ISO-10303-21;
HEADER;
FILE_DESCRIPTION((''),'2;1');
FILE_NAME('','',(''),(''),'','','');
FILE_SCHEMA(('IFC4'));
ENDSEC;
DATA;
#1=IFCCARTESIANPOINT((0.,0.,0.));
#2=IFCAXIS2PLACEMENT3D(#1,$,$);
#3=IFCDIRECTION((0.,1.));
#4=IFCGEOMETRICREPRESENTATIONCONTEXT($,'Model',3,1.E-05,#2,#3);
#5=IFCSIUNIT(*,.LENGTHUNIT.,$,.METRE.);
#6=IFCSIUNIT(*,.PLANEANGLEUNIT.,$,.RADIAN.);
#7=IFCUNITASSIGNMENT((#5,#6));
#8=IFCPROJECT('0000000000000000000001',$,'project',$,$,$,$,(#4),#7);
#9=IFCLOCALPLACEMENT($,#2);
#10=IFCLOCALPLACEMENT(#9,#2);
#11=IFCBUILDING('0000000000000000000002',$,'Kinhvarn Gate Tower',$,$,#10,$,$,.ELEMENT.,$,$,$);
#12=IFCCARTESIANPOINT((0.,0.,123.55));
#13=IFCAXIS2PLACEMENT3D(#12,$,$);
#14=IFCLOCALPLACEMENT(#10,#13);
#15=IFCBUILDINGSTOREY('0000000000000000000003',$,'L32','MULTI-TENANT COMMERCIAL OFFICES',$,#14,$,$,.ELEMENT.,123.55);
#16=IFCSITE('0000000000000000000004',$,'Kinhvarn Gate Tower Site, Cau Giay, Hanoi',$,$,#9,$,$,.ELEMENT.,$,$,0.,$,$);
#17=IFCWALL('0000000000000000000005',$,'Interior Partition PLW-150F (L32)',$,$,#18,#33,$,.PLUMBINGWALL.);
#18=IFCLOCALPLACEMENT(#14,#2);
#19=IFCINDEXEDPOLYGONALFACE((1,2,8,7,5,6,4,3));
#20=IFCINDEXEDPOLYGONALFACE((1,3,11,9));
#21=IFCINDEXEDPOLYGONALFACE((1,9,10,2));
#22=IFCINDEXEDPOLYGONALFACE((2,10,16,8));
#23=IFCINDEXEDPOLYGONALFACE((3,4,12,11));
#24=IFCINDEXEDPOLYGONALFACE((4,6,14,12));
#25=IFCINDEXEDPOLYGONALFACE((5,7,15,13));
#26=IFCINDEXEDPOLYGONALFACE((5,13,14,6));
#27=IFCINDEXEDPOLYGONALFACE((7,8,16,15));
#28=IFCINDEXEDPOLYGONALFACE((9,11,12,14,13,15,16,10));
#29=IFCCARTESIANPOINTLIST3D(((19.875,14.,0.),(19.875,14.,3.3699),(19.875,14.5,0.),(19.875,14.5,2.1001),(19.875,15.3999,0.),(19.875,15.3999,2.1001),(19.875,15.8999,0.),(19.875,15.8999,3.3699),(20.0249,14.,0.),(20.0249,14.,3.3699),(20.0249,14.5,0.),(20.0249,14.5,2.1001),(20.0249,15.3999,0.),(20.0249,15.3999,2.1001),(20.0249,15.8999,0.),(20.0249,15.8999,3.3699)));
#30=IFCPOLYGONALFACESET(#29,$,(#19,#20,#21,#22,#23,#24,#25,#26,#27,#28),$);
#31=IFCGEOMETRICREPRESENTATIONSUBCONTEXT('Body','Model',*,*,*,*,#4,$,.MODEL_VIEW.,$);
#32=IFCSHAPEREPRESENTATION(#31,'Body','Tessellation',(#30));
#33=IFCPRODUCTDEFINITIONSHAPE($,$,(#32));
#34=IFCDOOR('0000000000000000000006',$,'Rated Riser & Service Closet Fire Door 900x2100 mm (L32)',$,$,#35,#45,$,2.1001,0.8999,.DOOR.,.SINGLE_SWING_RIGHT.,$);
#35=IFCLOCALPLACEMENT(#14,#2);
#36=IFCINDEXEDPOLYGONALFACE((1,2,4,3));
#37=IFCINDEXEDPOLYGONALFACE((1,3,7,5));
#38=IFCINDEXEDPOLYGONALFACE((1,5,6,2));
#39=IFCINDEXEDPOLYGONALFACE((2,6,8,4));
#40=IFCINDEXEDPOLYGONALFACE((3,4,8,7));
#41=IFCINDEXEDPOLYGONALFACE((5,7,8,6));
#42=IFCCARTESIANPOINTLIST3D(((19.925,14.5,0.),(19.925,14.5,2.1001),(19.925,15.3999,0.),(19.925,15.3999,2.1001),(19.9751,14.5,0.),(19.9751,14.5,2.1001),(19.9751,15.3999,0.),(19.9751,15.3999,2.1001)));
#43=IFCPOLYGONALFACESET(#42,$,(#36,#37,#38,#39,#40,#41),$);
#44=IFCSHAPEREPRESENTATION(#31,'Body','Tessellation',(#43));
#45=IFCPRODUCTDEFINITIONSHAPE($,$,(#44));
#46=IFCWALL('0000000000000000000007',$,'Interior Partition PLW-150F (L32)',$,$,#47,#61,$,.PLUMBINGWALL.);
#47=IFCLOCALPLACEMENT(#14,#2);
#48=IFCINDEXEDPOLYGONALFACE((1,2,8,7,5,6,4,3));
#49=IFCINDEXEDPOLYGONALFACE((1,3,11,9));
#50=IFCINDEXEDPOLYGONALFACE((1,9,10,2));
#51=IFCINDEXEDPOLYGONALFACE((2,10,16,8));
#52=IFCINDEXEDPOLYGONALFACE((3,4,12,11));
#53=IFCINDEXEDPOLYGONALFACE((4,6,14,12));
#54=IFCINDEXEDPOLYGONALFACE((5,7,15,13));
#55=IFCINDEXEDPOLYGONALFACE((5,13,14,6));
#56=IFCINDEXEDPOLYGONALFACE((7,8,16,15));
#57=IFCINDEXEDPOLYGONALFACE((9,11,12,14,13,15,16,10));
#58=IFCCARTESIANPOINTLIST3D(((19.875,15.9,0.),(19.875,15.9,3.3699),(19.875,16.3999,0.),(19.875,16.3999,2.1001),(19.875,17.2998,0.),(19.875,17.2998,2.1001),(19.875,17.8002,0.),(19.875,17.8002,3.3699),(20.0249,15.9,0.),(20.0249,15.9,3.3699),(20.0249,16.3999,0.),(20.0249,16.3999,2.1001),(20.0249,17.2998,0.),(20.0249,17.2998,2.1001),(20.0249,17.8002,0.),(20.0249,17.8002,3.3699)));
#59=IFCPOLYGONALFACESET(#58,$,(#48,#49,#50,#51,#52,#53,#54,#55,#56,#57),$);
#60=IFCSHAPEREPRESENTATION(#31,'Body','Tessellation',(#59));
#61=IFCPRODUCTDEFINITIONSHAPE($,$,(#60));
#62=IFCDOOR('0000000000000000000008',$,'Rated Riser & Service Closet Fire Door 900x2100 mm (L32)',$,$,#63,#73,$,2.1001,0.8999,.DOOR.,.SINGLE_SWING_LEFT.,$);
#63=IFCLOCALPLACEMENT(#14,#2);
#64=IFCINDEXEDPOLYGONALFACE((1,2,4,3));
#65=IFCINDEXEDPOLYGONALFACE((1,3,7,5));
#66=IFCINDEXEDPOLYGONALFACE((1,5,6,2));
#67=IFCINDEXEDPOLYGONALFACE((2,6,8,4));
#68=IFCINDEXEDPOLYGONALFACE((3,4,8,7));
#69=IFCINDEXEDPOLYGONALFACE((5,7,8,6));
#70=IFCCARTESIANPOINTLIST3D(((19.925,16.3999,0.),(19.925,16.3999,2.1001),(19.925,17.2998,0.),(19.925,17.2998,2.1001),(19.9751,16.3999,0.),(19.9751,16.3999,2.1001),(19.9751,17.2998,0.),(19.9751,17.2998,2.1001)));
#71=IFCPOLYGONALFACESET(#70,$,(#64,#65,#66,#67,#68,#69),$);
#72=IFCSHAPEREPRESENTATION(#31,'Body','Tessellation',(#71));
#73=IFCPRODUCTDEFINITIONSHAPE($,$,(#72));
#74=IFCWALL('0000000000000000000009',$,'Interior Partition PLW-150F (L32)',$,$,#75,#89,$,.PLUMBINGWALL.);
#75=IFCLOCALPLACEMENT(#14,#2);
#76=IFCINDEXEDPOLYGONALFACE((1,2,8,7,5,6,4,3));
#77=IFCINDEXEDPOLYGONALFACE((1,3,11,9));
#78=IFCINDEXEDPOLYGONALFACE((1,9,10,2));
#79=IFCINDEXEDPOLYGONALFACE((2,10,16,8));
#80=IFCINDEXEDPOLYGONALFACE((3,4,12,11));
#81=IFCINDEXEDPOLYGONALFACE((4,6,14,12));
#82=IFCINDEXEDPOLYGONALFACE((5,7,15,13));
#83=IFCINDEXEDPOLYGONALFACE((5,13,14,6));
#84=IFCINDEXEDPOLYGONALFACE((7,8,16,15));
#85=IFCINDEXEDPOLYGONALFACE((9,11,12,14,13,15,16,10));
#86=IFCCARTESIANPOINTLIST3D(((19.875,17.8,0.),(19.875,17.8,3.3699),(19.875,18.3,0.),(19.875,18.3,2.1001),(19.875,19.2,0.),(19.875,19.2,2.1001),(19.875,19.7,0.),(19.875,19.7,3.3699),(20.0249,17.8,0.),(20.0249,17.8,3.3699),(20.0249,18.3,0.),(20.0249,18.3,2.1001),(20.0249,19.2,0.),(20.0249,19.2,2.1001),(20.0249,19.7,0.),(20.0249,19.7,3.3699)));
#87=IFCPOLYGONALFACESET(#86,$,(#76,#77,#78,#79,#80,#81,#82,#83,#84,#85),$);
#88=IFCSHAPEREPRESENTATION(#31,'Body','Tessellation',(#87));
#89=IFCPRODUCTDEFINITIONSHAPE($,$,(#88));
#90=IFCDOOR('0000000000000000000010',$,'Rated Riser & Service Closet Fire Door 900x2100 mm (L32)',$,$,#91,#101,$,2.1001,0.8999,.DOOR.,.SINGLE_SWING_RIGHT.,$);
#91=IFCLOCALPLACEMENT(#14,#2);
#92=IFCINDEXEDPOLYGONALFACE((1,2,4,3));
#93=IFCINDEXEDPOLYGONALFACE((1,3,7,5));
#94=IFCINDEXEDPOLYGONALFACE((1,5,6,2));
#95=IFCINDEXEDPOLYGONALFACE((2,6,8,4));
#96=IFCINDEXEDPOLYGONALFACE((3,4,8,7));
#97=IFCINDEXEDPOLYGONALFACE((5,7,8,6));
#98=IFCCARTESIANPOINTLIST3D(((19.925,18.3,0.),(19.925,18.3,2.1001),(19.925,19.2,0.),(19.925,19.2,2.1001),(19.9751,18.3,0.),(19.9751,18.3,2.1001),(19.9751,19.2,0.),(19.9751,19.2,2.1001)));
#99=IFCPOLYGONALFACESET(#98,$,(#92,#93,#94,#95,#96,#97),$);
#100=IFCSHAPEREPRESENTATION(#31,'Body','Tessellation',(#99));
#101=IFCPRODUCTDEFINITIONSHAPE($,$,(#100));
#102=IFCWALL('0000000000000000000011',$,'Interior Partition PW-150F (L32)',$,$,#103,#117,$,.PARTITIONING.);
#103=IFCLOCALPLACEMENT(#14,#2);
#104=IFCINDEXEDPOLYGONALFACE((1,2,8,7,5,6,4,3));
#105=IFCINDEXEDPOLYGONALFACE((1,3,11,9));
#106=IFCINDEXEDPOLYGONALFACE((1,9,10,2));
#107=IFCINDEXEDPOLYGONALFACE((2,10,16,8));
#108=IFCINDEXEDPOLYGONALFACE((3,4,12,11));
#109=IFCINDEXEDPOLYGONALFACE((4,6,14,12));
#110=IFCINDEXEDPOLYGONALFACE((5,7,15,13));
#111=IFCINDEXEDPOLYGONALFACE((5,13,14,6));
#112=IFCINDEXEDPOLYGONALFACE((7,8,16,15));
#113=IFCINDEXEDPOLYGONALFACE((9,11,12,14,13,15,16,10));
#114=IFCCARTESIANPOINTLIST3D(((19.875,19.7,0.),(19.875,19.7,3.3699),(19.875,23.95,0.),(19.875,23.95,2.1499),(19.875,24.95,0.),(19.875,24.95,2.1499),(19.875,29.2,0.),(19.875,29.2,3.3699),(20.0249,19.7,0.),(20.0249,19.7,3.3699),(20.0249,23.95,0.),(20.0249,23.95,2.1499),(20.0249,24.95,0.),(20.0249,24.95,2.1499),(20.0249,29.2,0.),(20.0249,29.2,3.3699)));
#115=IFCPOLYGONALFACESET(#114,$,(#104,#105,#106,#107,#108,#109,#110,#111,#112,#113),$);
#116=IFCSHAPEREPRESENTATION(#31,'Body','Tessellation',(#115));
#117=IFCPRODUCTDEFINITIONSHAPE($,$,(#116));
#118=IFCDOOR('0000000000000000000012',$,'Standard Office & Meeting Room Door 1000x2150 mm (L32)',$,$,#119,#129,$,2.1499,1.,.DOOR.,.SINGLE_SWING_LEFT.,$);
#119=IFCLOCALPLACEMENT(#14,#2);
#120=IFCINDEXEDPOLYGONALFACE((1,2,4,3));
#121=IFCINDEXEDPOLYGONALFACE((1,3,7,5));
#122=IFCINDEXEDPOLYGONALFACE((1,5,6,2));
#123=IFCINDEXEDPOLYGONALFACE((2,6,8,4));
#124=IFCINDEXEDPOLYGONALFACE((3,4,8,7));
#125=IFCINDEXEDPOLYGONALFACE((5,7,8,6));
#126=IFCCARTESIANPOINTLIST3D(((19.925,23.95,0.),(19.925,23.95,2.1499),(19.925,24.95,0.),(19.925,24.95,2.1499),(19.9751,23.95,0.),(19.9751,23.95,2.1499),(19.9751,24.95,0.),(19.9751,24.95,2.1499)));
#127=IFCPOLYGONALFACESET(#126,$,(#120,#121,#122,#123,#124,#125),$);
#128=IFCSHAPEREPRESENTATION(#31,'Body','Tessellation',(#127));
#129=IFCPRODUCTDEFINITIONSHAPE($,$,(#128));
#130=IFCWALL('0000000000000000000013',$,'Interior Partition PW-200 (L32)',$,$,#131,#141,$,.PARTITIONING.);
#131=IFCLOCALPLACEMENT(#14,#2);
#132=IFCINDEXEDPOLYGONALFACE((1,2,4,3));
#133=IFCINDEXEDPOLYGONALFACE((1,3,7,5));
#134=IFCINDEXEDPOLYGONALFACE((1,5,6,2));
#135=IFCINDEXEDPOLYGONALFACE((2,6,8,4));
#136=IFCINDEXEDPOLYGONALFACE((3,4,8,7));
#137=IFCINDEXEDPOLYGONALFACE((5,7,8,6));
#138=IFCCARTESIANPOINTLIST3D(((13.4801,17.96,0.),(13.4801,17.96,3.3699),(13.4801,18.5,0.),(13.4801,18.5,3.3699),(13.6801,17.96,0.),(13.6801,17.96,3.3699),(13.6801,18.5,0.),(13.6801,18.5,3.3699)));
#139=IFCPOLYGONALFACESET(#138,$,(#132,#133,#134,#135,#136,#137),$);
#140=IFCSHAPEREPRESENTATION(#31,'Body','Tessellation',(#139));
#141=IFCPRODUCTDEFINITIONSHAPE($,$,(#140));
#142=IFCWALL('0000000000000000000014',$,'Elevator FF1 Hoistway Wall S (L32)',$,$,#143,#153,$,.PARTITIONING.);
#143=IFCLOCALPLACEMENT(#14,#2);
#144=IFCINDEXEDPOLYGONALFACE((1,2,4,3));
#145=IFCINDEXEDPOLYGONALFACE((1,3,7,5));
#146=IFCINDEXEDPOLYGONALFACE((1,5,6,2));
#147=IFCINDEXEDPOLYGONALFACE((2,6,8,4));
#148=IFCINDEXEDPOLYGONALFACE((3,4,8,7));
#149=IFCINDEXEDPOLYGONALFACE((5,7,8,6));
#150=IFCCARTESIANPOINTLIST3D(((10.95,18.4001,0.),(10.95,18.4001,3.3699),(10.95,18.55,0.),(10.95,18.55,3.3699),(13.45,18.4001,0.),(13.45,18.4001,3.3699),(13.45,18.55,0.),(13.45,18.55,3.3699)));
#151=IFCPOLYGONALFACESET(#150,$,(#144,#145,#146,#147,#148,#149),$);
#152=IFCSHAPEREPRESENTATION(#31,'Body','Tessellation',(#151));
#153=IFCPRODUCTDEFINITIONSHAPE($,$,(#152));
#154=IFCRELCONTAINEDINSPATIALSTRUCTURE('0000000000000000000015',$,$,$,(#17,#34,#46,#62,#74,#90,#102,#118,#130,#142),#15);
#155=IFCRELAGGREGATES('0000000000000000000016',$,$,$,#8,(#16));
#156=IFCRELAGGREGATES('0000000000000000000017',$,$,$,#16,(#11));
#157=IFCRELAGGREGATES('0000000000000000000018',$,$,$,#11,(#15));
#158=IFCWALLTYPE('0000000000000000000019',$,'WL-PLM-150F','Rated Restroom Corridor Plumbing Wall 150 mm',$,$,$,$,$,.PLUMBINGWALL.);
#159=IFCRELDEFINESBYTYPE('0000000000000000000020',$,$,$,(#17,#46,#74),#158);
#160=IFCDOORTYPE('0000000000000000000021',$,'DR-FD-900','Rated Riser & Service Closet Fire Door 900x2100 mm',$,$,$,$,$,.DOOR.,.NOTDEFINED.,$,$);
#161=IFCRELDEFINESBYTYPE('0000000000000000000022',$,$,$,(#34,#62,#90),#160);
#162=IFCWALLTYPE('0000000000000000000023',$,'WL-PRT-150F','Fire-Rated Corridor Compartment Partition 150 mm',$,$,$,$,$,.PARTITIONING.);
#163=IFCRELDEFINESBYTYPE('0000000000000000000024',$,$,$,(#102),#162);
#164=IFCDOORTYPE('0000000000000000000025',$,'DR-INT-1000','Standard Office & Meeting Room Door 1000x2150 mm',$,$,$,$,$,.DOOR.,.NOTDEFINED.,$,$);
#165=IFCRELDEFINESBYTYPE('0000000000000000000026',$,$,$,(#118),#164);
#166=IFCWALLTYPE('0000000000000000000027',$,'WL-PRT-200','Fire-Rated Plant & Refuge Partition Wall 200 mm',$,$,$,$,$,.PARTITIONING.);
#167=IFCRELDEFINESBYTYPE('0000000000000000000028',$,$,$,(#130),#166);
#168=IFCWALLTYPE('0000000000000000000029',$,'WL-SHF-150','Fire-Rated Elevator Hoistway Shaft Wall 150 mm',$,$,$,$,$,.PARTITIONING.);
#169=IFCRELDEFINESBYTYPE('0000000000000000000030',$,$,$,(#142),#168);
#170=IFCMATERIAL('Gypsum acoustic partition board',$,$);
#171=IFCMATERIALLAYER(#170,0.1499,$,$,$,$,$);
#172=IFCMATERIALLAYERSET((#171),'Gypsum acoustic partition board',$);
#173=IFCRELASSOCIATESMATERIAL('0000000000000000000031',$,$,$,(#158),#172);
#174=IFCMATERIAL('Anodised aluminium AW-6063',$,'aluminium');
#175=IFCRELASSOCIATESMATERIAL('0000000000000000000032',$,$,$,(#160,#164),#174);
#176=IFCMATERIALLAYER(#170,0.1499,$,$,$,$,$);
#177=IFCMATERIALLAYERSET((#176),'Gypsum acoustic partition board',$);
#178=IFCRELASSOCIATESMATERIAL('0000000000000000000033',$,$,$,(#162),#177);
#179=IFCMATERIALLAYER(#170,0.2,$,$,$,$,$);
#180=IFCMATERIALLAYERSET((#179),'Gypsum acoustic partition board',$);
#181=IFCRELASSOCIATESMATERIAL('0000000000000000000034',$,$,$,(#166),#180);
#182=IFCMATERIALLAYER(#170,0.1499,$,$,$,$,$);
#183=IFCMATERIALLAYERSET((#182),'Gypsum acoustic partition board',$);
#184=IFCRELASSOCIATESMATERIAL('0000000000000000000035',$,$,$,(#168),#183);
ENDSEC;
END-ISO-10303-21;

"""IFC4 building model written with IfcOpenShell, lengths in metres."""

from ifc_helpers import new_model, si_unit, direction, frame, frame_2d, origin, place, context, subcontext, project, spatial, rectangle, extrude, material, layer, layer_set, type_object, element, fill, save


model = new_model("IFC4")

# Units and contexts
model_context = context("Model", 3, precision=1e-05, world=origin(), true_north=direction((0.0, 1.0)))
body_context = subcontext(model_context, "Body", "Model", "MODEL_VIEW")
ifc_project = project(units=[si_unit("LENGTHUNIT", "METRE"), si_unit("PLANEANGLEUNIT", "RADIAN")], contexts=[model_context])

# Site, building, storey
site_placement = place(None, origin())
site = spatial("IfcSite", under=ifc_project, at=site_placement, Name="Kinhvarn Gate Tower Site, Cau Giay, Hanoi", CompositionType="ELEMENT", RefElevation=0.0)
building_placement = place(site_placement, origin())
building = spatial("IfcBuilding", under=site, at=building_placement, Name="Kinhvarn Gate Tower", CompositionType="ELEMENT")
storey_placement = place(building_placement, frame((0.0, 0.0, 123.55)))
storey = spatial("IfcBuildingStorey", under=building, at=storey_placement, Name="L32", Description="MULTI-TENANT COMMERCIAL OFFICES", CompositionType="ELEMENT", Elevation=123.55)

# Shared definitions
ifc_material_1 = material(Name="Anodised aluminium AW-6063", Category="aluminium")

# Shared definitions
ifc_material_2 = material(Name="Gypsum acoustic partition board")

# Walls, openings, doors
ifc_layer_1 = layer(ifc_material_2, 0.1499)
ifc_layer_set_1 = layer_set([ifc_layer_1], Name="Gypsum acoustic partition board")
wall_type_1 = type_object("IfcWallType", Name="WL-PLM-150F", Description="Rated Restroom Corridor Plumbing Wall 150 mm", PredefinedType="PLUMBINGWALL", material=ifc_layer_set_1)
wall_1_placement = place(storey_placement, frame((19.95, 14.0, 0.0), z_axis=(0.0, 0.0, 1.0), x_axis=(0.0, 1.0, 0.0)))
wall_1 = element("IfcWall", 1, at=wall_1_placement, inside=storey, type_object=wall_type_1, Name="Interior Partition PLW-150F (L32)", PredefinedType="PLUMBINGWALL", context=body_context, shape_type="SweptSolid", body=[
    extrude(rectangle(XDim=1.8999, YDim=0.1499, at=frame_2d((0.95, 0.0))), origin(), (0.0, 0.0, 1.0), 3.3699),
])
opening_1_placement = place(wall_1_placement, frame((0.5, 0.0, 0.0)))
opening_1 = element("IfcOpeningElement", 2, at=opening_1_placement, cuts=wall_1, PredefinedType="OPENING", context=body_context, shape_type="SweptSolid", body=[
    extrude(rectangle(XDim=0.8999, YDim=2.1001, at=frame_2d((0.45, 1.05))), frame((0.0, 0.085, 0.0), z_axis=(0.0, -1.0, 0.0), x_axis=(1.0, 0.0, 0.0)), (0.0, 0.0, 1.0), 0.1699),
])
door_type_1 = type_object("IfcDoorType", Name="DR-FD-900", Description="Rated Riser & Service Closet Fire Door 900x2100 mm", OperationType="NOTDEFINED", PredefinedType="DOOR", material=ifc_material_1)
door_1_placement = place(opening_1_placement, origin())
door_1 = element("IfcDoor", 3, at=door_1_placement, inside=storey, type_object=door_type_1, Name="Rated Riser & Service Closet Fire Door 900x2100 mm (L32)", OperationType="SINGLE_SWING_RIGHT", OverallHeight=2.1001, OverallWidth=0.8999, PredefinedType="DOOR", context=body_context, shape_type="SweptSolid", body=[
    extrude(rectangle(XDim=0.8999, YDim=2.1001, at=frame_2d((0.45, 1.05))), frame((0.0, 0.0249, 0.0), z_axis=(0.0, -1.0, 0.0), x_axis=(1.0, 0.0, 0.0)), (0.0, 0.0, 1.0), 0.05),
])
fill(opening_1, door_1)
wall_2_placement = place(storey_placement, frame((19.95, 15.8999, 0.0), z_axis=(0.0, 0.0, 1.0), x_axis=(0.0, 1.0, 0.0)))
wall_2 = element("IfcWall", 4, at=wall_2_placement, inside=storey, type_object=wall_type_1, Name="Interior Partition PLW-150F (L32)", PredefinedType="PLUMBINGWALL", context=body_context, shape_type="SweptSolid", body=[
    extrude(rectangle(XDim=1.9001, YDim=0.1499, at=frame_2d((0.9502, 0.0))), origin(), (0.0, 0.0, 1.0), 3.3699),
])
opening_2_placement = place(wall_2_placement, frame((0.5, 0.0, 0.0)))
opening_2 = element("IfcOpeningElement", 5, at=opening_2_placement, cuts=wall_2, PredefinedType="OPENING", context=body_context, shape_type="SweptSolid", body=[
    extrude(rectangle(XDim=0.8999, YDim=2.1001, at=frame_2d((0.45, 1.05))), frame((0.0, 0.085, 0.0), z_axis=(0.0, -1.0, 0.0), x_axis=(1.0, 0.0, 0.0)), (0.0, 0.0, 1.0), 0.1699),
])
door_2_placement = place(opening_2_placement, origin())
door_2 = element("IfcDoor", 6, at=door_2_placement, inside=storey, type_object=door_type_1, Name="Rated Riser & Service Closet Fire Door 900x2100 mm (L32)", OperationType="SINGLE_SWING_LEFT", OverallHeight=2.1001, OverallWidth=0.8999, PredefinedType="DOOR", context=body_context, shape_type="SweptSolid", body=[
    extrude(rectangle(XDim=0.8999, YDim=2.1001, at=frame_2d((0.45, 1.05))), frame((0.0, 0.0249, 0.0), z_axis=(0.0, -1.0, 0.0), x_axis=(1.0, 0.0, 0.0)), (0.0, 0.0, 1.0), 0.05),
])
fill(opening_2, door_2)
wall_3_placement = place(storey_placement, frame((19.95, 17.8, 0.0), z_axis=(0.0, 0.0, 1.0), x_axis=(0.0, 1.0, 0.0)))
wall_3 = element("IfcWall", 7, at=wall_3_placement, inside=storey, type_object=wall_type_1, Name="Interior Partition PLW-150F (L32)", PredefinedType="PLUMBINGWALL", context=body_context, shape_type="SweptSolid", body=[
    extrude(rectangle(XDim=1.8999, YDim=0.1499, at=frame_2d((0.95, 0.0))), origin(), (0.0, 0.0, 1.0), 3.3699),
])
opening_3_placement = place(wall_3_placement, frame((0.5, 0.0, 0.0)))
opening_3 = element("IfcOpeningElement", 8, at=opening_3_placement, cuts=wall_3, PredefinedType="OPENING", context=body_context, shape_type="SweptSolid", body=[
    extrude(rectangle(XDim=0.8999, YDim=2.1001, at=frame_2d((0.45, 1.05))), frame((0.0, 0.085, 0.0), z_axis=(0.0, -1.0, 0.0), x_axis=(1.0, 0.0, 0.0)), (0.0, 0.0, 1.0), 0.1699),
])
door_3_placement = place(opening_3_placement, origin())
door_3 = element("IfcDoor", 9, at=door_3_placement, inside=storey, type_object=door_type_1, Name="Rated Riser & Service Closet Fire Door 900x2100 mm (L32)", OperationType="SINGLE_SWING_RIGHT", OverallHeight=2.1001, OverallWidth=0.8999, PredefinedType="DOOR", context=body_context, shape_type="SweptSolid", body=[
    extrude(rectangle(XDim=0.8999, YDim=2.1001, at=frame_2d((0.45, 1.05))), frame((0.0, 0.0249, 0.0), z_axis=(0.0, -1.0, 0.0), x_axis=(1.0, 0.0, 0.0)), (0.0, 0.0, 1.0), 0.05),
])
fill(opening_3, door_3)
ifc_layer_2 = layer(ifc_material_2, 0.1499)
ifc_layer_set_2 = layer_set([ifc_layer_2], Name="Gypsum acoustic partition board")
wall_type_2 = type_object("IfcWallType", Name="WL-PRT-150F", Description="Fire-Rated Corridor Compartment Partition 150 mm", PredefinedType="PARTITIONING", material=ifc_layer_set_2)
wall_4_placement = place(storey_placement, frame((19.95, 19.7, 0.0), z_axis=(0.0, 0.0, 1.0), x_axis=(0.0, 1.0, 0.0)))
wall_4 = element("IfcWall", 10, at=wall_4_placement, inside=storey, type_object=wall_type_2, Name="Interior Partition PW-150F (L32)", PredefinedType="PARTITIONING", context=body_context, shape_type="SweptSolid", body=[
    extrude(rectangle(XDim=9.5, YDim=0.1499, at=frame_2d((4.75, 0.0))), origin(), (0.0, 0.0, 1.0), 3.3699),
])
opening_4_placement = place(wall_4_placement, frame((4.25, 0.0, 0.0)))
opening_4 = element("IfcOpeningElement", 11, at=opening_4_placement, cuts=wall_4, PredefinedType="OPENING", context=body_context, shape_type="SweptSolid", body=[
    extrude(rectangle(XDim=1.0, YDim=2.1499, at=frame_2d((0.5, 1.075))), frame((0.0, 0.085, 0.0), z_axis=(0.0, -1.0, 0.0), x_axis=(1.0, 0.0, 0.0)), (0.0, 0.0, 1.0), 0.1699),
])
door_type_2 = type_object("IfcDoorType", Name="DR-INT-1000", Description="Standard Office & Meeting Room Door 1000x2150 mm", OperationType="NOTDEFINED", PredefinedType="DOOR", material=ifc_material_1)
door_4_placement = place(opening_4_placement, origin())
door_4 = element("IfcDoor", 12, at=door_4_placement, inside=storey, type_object=door_type_2, Name="Standard Office & Meeting Room Door 1000x2150 mm (L32)", OperationType="SINGLE_SWING_LEFT", OverallHeight=2.1499, OverallWidth=1.0, PredefinedType="DOOR", context=body_context, shape_type="SweptSolid", body=[
    extrude(rectangle(XDim=1.0, YDim=2.1499, at=frame_2d((0.5, 1.075))), frame((0.0, 0.0249, 0.0), z_axis=(0.0, -1.0, 0.0), x_axis=(1.0, 0.0, 0.0)), (0.0, 0.0, 1.0), 0.05),
])
fill(opening_4, door_4)

# Walls
ifc_layer_3 = layer(ifc_material_2, 0.2)
ifc_layer_set_3 = layer_set([ifc_layer_3], Name="Gypsum acoustic partition board")
wall_type_3 = type_object("IfcWallType", Name="WL-PRT-200", Description="Fire-Rated Plant & Refuge Partition Wall 200 mm", PredefinedType="PARTITIONING", material=ifc_layer_set_3)
wall_5_placement = place(storey_placement, frame((13.5801, 17.96, 0.0), z_axis=(0.0, 0.0, 1.0), x_axis=(0.0, 1.0, 0.0)))
element("IfcWall", 13, at=wall_5_placement, inside=storey, type_object=wall_type_3, Name="Interior Partition PW-200 (L32)", PredefinedType="PARTITIONING", context=body_context, shape_type="SweptSolid", body=[
    extrude(rectangle(XDim=0.54, YDim=0.2, at=frame_2d((0.27, 0.0))), origin(), (0.0, 0.0, 1.0), 3.3699),
])
ifc_layer_4 = layer(ifc_material_2, 0.1499)
ifc_layer_set_4 = layer_set([ifc_layer_4], Name="Gypsum acoustic partition board")
wall_type_4 = type_object("IfcWallType", Name="WL-SHF-150", Description="Fire-Rated Elevator Hoistway Shaft Wall 150 mm", PredefinedType="PARTITIONING", material=ifc_layer_set_4)
wall_6_placement = place(storey_placement, frame((10.95, 18.4751, 0.0), z_axis=(0.0, 0.0, 1.0), x_axis=(1.0, 0.0, 0.0)))
element("IfcWall", 14, at=wall_6_placement, inside=storey, type_object=wall_type_4, Name="Elevator FF1 Hoistway Wall S (L32)", PredefinedType="PARTITIONING", context=body_context, shape_type="SweptSolid", body=[
    extrude(rectangle(XDim=2.5, YDim=0.1499, at=frame_2d((1.25, 0.0))), origin(), (0.0, 0.0, 1.0), 3.3699),
])

save(model, "model.ifc")
